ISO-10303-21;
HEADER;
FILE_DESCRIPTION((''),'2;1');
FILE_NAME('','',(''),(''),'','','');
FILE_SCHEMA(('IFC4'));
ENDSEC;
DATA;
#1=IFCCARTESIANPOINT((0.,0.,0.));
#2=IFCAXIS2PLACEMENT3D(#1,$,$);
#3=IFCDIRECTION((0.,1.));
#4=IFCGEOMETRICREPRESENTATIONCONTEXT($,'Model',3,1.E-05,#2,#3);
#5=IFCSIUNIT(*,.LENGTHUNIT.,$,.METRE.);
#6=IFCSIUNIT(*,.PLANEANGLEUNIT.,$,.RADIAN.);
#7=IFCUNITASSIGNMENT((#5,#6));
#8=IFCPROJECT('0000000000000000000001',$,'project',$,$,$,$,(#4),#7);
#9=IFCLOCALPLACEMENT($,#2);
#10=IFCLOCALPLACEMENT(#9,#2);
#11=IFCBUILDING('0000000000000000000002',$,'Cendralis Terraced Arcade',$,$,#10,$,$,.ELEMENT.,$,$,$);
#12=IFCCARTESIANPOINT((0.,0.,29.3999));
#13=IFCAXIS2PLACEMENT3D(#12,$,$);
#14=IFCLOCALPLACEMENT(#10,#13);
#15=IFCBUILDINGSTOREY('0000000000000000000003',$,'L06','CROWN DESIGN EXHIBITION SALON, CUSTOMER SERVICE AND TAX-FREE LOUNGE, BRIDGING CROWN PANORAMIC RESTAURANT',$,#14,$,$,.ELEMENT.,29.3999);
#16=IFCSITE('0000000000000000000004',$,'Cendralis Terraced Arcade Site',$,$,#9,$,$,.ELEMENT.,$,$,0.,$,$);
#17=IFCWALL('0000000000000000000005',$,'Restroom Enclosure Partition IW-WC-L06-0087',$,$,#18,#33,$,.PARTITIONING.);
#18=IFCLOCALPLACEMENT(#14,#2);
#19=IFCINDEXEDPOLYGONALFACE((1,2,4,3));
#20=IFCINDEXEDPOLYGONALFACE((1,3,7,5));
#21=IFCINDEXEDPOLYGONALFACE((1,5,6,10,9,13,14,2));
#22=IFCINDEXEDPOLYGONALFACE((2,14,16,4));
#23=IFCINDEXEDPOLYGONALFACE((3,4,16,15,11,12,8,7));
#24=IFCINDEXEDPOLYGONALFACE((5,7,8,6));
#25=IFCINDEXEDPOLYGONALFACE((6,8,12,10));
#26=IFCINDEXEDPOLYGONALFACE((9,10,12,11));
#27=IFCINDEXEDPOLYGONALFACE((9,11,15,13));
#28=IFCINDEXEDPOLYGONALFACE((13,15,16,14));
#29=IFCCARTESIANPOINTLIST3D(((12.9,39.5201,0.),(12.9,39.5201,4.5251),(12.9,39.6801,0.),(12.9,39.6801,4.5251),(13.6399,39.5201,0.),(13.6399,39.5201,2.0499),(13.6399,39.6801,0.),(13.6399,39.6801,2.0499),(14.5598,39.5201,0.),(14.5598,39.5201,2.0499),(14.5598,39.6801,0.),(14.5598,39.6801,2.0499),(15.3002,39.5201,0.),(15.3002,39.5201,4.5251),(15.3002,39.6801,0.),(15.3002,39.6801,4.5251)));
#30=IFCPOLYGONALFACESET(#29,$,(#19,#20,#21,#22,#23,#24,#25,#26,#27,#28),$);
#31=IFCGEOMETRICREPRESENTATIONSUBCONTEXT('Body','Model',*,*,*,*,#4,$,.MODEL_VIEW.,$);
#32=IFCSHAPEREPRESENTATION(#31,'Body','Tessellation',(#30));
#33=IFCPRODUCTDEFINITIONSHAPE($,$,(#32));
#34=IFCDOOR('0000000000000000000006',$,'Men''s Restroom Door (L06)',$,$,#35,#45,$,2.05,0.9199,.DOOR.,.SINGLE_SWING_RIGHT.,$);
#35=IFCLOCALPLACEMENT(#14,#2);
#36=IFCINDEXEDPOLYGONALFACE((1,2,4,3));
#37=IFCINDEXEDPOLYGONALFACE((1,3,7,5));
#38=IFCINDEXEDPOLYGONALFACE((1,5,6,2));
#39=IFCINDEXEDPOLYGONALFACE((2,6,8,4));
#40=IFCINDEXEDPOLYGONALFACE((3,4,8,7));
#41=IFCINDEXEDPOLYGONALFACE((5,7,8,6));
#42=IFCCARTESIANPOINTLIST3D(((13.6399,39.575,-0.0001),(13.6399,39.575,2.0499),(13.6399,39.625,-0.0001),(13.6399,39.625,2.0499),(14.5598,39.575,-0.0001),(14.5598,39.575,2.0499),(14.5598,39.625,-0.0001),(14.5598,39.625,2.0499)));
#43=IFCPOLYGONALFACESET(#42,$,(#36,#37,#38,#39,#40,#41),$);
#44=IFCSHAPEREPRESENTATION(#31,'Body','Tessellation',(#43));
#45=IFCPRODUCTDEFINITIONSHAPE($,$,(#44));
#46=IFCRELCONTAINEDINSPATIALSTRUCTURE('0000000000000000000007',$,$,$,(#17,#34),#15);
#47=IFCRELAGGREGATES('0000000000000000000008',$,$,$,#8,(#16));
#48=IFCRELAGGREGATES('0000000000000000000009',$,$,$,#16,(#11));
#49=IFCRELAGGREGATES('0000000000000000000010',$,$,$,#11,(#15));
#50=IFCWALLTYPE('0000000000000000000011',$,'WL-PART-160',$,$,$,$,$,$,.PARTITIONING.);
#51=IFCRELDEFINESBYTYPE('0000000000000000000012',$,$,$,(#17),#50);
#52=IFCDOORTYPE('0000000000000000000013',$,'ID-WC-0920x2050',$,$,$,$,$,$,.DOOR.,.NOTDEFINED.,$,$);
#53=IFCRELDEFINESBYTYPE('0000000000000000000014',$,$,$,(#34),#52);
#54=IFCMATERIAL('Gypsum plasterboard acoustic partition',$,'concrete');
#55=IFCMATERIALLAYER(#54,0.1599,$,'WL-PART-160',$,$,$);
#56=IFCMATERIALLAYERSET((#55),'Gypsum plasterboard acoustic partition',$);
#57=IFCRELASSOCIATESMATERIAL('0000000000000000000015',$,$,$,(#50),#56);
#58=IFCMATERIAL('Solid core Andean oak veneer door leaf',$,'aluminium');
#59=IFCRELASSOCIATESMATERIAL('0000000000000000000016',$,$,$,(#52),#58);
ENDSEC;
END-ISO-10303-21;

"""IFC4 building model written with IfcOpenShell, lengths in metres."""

from ifc_helpers import new_model, si_unit, direction, frame, frame_2d, origin, place, context, subcontext, project, spatial, rectangle, extrude, material, layer, layer_set, type_object, element, fill, save


model = new_model("IFC4")

# Units and contexts
model_context = context("Model", 3, precision=1e-05, world=origin(), true_north=direction((0.0, 1.0)))
body_context = subcontext(model_context, "Body", "Model", "MODEL_VIEW")
ifc_project = project(units=[si_unit("LENGTHUNIT", "METRE"), si_unit("PLANEANGLEUNIT", "RADIAN")], contexts=[model_context])

# Site, building, storey
site_placement = place(None, origin())
site = spatial("IfcSite", under=ifc_project, at=site_placement, Name="Cendralis Terraced Arcade Site", CompositionType="ELEMENT", RefElevation=0.0)
building_placement = place(site_placement, origin())
building = spatial("IfcBuilding", under=site, at=building_placement, Name="Cendralis Terraced Arcade", CompositionType="ELEMENT")
storey_placement = place(building_placement, frame((0.0, 0.0, 29.3999)))
storey = spatial("IfcBuildingStorey", under=building, at=storey_placement, Name="L06", Description="CROWN DESIGN EXHIBITION SALON, CUSTOMER SERVICE AND TAX-FREE LOUNGE, BRIDGING CROWN PANORAMIC RESTAURANT", CompositionType="ELEMENT", Elevation=29.3999)

# Shared definitions
ifc_material_1 = material(Name="Gypsum plasterboard acoustic partition", Category="concrete")

# Wall, opening, door
ifc_layer_1 = layer(ifc_material_1, 0.1599, Name="WL-PART-160")
ifc_layer_set_1 = layer_set([ifc_layer_1], Name="Gypsum plasterboard acoustic partition")
wall_type_1 = type_object("IfcWallType", Name="WL-PART-160", PredefinedType="PARTITIONING", material=ifc_layer_set_1)
ifc_material_2 = material(Name="Solid core Andean oak veneer door leaf", Category="aluminium")
wall_1_placement = place(storey_placement, frame((12.8999, 39.6001, 0.0), z_axis=(0.0, 0.0, 1.0), x_axis=(1.0, 0.0, 0.0)))
wall_1 = element("IfcWall", 1, at=wall_1_placement, inside=storey, type_object=wall_type_1, Name="Restroom Enclosure Partition IW-WC-L06-0087", PredefinedType="PARTITIONING", context=body_context, shape_type="SweptSolid", body=[
    extrude(rectangle(XDim=2.4001, YDim=0.1599, at=frame_2d((1.2002, 0.0))), origin(), (0.0, 0.0, 1.0), 4.5251),
])
opening_1_placement = place(wall_1_placement, frame((0.74, 0.0, 0.0)))
opening_1 = element("IfcOpeningElement", 2, at=opening_1_placement, cuts=wall_1, PredefinedType="OPENING", context=body_context, shape_type="SweptSolid", body=[
    extrude(rectangle(XDim=0.9199, YDim=2.05, at=frame_2d((0.46, 1.0249))), frame((0.0, 0.0918, 0.0), z_axis=(0.0, -1.0, 0.0), x_axis=(1.0, 0.0, 0.0)), (0.0, 0.0, 1.0), 0.1838),
])
door_type_1 = type_object("IfcDoorType", Name="ID-WC-0920x2050", OperationType="NOTDEFINED", PredefinedType="DOOR", material=ifc_material_2)
door_1_placement = place(opening_1_placement, origin())
door_1 = element("IfcDoor", 3, at=door_1_placement, inside=storey, type_object=door_type_1, Name="Men's Restroom Door (L06)", OperationType="SINGLE_SWING_RIGHT", OverallHeight=2.05, OverallWidth=0.9199, PredefinedType="DOOR", context=body_context, shape_type="SweptSolid", body=[
    extrude(rectangle(XDim=0.9199, YDim=2.05, at=frame_2d((0.46, 1.0249))), frame((0.0, 0.0249, 0.0), z_axis=(0.0, -1.0, 0.0), x_axis=(1.0, 0.0, 0.0)), (0.0, 0.0, 1.0), 0.05),
])
fill(opening_1, door_1)

save(model, "model.ifc")
